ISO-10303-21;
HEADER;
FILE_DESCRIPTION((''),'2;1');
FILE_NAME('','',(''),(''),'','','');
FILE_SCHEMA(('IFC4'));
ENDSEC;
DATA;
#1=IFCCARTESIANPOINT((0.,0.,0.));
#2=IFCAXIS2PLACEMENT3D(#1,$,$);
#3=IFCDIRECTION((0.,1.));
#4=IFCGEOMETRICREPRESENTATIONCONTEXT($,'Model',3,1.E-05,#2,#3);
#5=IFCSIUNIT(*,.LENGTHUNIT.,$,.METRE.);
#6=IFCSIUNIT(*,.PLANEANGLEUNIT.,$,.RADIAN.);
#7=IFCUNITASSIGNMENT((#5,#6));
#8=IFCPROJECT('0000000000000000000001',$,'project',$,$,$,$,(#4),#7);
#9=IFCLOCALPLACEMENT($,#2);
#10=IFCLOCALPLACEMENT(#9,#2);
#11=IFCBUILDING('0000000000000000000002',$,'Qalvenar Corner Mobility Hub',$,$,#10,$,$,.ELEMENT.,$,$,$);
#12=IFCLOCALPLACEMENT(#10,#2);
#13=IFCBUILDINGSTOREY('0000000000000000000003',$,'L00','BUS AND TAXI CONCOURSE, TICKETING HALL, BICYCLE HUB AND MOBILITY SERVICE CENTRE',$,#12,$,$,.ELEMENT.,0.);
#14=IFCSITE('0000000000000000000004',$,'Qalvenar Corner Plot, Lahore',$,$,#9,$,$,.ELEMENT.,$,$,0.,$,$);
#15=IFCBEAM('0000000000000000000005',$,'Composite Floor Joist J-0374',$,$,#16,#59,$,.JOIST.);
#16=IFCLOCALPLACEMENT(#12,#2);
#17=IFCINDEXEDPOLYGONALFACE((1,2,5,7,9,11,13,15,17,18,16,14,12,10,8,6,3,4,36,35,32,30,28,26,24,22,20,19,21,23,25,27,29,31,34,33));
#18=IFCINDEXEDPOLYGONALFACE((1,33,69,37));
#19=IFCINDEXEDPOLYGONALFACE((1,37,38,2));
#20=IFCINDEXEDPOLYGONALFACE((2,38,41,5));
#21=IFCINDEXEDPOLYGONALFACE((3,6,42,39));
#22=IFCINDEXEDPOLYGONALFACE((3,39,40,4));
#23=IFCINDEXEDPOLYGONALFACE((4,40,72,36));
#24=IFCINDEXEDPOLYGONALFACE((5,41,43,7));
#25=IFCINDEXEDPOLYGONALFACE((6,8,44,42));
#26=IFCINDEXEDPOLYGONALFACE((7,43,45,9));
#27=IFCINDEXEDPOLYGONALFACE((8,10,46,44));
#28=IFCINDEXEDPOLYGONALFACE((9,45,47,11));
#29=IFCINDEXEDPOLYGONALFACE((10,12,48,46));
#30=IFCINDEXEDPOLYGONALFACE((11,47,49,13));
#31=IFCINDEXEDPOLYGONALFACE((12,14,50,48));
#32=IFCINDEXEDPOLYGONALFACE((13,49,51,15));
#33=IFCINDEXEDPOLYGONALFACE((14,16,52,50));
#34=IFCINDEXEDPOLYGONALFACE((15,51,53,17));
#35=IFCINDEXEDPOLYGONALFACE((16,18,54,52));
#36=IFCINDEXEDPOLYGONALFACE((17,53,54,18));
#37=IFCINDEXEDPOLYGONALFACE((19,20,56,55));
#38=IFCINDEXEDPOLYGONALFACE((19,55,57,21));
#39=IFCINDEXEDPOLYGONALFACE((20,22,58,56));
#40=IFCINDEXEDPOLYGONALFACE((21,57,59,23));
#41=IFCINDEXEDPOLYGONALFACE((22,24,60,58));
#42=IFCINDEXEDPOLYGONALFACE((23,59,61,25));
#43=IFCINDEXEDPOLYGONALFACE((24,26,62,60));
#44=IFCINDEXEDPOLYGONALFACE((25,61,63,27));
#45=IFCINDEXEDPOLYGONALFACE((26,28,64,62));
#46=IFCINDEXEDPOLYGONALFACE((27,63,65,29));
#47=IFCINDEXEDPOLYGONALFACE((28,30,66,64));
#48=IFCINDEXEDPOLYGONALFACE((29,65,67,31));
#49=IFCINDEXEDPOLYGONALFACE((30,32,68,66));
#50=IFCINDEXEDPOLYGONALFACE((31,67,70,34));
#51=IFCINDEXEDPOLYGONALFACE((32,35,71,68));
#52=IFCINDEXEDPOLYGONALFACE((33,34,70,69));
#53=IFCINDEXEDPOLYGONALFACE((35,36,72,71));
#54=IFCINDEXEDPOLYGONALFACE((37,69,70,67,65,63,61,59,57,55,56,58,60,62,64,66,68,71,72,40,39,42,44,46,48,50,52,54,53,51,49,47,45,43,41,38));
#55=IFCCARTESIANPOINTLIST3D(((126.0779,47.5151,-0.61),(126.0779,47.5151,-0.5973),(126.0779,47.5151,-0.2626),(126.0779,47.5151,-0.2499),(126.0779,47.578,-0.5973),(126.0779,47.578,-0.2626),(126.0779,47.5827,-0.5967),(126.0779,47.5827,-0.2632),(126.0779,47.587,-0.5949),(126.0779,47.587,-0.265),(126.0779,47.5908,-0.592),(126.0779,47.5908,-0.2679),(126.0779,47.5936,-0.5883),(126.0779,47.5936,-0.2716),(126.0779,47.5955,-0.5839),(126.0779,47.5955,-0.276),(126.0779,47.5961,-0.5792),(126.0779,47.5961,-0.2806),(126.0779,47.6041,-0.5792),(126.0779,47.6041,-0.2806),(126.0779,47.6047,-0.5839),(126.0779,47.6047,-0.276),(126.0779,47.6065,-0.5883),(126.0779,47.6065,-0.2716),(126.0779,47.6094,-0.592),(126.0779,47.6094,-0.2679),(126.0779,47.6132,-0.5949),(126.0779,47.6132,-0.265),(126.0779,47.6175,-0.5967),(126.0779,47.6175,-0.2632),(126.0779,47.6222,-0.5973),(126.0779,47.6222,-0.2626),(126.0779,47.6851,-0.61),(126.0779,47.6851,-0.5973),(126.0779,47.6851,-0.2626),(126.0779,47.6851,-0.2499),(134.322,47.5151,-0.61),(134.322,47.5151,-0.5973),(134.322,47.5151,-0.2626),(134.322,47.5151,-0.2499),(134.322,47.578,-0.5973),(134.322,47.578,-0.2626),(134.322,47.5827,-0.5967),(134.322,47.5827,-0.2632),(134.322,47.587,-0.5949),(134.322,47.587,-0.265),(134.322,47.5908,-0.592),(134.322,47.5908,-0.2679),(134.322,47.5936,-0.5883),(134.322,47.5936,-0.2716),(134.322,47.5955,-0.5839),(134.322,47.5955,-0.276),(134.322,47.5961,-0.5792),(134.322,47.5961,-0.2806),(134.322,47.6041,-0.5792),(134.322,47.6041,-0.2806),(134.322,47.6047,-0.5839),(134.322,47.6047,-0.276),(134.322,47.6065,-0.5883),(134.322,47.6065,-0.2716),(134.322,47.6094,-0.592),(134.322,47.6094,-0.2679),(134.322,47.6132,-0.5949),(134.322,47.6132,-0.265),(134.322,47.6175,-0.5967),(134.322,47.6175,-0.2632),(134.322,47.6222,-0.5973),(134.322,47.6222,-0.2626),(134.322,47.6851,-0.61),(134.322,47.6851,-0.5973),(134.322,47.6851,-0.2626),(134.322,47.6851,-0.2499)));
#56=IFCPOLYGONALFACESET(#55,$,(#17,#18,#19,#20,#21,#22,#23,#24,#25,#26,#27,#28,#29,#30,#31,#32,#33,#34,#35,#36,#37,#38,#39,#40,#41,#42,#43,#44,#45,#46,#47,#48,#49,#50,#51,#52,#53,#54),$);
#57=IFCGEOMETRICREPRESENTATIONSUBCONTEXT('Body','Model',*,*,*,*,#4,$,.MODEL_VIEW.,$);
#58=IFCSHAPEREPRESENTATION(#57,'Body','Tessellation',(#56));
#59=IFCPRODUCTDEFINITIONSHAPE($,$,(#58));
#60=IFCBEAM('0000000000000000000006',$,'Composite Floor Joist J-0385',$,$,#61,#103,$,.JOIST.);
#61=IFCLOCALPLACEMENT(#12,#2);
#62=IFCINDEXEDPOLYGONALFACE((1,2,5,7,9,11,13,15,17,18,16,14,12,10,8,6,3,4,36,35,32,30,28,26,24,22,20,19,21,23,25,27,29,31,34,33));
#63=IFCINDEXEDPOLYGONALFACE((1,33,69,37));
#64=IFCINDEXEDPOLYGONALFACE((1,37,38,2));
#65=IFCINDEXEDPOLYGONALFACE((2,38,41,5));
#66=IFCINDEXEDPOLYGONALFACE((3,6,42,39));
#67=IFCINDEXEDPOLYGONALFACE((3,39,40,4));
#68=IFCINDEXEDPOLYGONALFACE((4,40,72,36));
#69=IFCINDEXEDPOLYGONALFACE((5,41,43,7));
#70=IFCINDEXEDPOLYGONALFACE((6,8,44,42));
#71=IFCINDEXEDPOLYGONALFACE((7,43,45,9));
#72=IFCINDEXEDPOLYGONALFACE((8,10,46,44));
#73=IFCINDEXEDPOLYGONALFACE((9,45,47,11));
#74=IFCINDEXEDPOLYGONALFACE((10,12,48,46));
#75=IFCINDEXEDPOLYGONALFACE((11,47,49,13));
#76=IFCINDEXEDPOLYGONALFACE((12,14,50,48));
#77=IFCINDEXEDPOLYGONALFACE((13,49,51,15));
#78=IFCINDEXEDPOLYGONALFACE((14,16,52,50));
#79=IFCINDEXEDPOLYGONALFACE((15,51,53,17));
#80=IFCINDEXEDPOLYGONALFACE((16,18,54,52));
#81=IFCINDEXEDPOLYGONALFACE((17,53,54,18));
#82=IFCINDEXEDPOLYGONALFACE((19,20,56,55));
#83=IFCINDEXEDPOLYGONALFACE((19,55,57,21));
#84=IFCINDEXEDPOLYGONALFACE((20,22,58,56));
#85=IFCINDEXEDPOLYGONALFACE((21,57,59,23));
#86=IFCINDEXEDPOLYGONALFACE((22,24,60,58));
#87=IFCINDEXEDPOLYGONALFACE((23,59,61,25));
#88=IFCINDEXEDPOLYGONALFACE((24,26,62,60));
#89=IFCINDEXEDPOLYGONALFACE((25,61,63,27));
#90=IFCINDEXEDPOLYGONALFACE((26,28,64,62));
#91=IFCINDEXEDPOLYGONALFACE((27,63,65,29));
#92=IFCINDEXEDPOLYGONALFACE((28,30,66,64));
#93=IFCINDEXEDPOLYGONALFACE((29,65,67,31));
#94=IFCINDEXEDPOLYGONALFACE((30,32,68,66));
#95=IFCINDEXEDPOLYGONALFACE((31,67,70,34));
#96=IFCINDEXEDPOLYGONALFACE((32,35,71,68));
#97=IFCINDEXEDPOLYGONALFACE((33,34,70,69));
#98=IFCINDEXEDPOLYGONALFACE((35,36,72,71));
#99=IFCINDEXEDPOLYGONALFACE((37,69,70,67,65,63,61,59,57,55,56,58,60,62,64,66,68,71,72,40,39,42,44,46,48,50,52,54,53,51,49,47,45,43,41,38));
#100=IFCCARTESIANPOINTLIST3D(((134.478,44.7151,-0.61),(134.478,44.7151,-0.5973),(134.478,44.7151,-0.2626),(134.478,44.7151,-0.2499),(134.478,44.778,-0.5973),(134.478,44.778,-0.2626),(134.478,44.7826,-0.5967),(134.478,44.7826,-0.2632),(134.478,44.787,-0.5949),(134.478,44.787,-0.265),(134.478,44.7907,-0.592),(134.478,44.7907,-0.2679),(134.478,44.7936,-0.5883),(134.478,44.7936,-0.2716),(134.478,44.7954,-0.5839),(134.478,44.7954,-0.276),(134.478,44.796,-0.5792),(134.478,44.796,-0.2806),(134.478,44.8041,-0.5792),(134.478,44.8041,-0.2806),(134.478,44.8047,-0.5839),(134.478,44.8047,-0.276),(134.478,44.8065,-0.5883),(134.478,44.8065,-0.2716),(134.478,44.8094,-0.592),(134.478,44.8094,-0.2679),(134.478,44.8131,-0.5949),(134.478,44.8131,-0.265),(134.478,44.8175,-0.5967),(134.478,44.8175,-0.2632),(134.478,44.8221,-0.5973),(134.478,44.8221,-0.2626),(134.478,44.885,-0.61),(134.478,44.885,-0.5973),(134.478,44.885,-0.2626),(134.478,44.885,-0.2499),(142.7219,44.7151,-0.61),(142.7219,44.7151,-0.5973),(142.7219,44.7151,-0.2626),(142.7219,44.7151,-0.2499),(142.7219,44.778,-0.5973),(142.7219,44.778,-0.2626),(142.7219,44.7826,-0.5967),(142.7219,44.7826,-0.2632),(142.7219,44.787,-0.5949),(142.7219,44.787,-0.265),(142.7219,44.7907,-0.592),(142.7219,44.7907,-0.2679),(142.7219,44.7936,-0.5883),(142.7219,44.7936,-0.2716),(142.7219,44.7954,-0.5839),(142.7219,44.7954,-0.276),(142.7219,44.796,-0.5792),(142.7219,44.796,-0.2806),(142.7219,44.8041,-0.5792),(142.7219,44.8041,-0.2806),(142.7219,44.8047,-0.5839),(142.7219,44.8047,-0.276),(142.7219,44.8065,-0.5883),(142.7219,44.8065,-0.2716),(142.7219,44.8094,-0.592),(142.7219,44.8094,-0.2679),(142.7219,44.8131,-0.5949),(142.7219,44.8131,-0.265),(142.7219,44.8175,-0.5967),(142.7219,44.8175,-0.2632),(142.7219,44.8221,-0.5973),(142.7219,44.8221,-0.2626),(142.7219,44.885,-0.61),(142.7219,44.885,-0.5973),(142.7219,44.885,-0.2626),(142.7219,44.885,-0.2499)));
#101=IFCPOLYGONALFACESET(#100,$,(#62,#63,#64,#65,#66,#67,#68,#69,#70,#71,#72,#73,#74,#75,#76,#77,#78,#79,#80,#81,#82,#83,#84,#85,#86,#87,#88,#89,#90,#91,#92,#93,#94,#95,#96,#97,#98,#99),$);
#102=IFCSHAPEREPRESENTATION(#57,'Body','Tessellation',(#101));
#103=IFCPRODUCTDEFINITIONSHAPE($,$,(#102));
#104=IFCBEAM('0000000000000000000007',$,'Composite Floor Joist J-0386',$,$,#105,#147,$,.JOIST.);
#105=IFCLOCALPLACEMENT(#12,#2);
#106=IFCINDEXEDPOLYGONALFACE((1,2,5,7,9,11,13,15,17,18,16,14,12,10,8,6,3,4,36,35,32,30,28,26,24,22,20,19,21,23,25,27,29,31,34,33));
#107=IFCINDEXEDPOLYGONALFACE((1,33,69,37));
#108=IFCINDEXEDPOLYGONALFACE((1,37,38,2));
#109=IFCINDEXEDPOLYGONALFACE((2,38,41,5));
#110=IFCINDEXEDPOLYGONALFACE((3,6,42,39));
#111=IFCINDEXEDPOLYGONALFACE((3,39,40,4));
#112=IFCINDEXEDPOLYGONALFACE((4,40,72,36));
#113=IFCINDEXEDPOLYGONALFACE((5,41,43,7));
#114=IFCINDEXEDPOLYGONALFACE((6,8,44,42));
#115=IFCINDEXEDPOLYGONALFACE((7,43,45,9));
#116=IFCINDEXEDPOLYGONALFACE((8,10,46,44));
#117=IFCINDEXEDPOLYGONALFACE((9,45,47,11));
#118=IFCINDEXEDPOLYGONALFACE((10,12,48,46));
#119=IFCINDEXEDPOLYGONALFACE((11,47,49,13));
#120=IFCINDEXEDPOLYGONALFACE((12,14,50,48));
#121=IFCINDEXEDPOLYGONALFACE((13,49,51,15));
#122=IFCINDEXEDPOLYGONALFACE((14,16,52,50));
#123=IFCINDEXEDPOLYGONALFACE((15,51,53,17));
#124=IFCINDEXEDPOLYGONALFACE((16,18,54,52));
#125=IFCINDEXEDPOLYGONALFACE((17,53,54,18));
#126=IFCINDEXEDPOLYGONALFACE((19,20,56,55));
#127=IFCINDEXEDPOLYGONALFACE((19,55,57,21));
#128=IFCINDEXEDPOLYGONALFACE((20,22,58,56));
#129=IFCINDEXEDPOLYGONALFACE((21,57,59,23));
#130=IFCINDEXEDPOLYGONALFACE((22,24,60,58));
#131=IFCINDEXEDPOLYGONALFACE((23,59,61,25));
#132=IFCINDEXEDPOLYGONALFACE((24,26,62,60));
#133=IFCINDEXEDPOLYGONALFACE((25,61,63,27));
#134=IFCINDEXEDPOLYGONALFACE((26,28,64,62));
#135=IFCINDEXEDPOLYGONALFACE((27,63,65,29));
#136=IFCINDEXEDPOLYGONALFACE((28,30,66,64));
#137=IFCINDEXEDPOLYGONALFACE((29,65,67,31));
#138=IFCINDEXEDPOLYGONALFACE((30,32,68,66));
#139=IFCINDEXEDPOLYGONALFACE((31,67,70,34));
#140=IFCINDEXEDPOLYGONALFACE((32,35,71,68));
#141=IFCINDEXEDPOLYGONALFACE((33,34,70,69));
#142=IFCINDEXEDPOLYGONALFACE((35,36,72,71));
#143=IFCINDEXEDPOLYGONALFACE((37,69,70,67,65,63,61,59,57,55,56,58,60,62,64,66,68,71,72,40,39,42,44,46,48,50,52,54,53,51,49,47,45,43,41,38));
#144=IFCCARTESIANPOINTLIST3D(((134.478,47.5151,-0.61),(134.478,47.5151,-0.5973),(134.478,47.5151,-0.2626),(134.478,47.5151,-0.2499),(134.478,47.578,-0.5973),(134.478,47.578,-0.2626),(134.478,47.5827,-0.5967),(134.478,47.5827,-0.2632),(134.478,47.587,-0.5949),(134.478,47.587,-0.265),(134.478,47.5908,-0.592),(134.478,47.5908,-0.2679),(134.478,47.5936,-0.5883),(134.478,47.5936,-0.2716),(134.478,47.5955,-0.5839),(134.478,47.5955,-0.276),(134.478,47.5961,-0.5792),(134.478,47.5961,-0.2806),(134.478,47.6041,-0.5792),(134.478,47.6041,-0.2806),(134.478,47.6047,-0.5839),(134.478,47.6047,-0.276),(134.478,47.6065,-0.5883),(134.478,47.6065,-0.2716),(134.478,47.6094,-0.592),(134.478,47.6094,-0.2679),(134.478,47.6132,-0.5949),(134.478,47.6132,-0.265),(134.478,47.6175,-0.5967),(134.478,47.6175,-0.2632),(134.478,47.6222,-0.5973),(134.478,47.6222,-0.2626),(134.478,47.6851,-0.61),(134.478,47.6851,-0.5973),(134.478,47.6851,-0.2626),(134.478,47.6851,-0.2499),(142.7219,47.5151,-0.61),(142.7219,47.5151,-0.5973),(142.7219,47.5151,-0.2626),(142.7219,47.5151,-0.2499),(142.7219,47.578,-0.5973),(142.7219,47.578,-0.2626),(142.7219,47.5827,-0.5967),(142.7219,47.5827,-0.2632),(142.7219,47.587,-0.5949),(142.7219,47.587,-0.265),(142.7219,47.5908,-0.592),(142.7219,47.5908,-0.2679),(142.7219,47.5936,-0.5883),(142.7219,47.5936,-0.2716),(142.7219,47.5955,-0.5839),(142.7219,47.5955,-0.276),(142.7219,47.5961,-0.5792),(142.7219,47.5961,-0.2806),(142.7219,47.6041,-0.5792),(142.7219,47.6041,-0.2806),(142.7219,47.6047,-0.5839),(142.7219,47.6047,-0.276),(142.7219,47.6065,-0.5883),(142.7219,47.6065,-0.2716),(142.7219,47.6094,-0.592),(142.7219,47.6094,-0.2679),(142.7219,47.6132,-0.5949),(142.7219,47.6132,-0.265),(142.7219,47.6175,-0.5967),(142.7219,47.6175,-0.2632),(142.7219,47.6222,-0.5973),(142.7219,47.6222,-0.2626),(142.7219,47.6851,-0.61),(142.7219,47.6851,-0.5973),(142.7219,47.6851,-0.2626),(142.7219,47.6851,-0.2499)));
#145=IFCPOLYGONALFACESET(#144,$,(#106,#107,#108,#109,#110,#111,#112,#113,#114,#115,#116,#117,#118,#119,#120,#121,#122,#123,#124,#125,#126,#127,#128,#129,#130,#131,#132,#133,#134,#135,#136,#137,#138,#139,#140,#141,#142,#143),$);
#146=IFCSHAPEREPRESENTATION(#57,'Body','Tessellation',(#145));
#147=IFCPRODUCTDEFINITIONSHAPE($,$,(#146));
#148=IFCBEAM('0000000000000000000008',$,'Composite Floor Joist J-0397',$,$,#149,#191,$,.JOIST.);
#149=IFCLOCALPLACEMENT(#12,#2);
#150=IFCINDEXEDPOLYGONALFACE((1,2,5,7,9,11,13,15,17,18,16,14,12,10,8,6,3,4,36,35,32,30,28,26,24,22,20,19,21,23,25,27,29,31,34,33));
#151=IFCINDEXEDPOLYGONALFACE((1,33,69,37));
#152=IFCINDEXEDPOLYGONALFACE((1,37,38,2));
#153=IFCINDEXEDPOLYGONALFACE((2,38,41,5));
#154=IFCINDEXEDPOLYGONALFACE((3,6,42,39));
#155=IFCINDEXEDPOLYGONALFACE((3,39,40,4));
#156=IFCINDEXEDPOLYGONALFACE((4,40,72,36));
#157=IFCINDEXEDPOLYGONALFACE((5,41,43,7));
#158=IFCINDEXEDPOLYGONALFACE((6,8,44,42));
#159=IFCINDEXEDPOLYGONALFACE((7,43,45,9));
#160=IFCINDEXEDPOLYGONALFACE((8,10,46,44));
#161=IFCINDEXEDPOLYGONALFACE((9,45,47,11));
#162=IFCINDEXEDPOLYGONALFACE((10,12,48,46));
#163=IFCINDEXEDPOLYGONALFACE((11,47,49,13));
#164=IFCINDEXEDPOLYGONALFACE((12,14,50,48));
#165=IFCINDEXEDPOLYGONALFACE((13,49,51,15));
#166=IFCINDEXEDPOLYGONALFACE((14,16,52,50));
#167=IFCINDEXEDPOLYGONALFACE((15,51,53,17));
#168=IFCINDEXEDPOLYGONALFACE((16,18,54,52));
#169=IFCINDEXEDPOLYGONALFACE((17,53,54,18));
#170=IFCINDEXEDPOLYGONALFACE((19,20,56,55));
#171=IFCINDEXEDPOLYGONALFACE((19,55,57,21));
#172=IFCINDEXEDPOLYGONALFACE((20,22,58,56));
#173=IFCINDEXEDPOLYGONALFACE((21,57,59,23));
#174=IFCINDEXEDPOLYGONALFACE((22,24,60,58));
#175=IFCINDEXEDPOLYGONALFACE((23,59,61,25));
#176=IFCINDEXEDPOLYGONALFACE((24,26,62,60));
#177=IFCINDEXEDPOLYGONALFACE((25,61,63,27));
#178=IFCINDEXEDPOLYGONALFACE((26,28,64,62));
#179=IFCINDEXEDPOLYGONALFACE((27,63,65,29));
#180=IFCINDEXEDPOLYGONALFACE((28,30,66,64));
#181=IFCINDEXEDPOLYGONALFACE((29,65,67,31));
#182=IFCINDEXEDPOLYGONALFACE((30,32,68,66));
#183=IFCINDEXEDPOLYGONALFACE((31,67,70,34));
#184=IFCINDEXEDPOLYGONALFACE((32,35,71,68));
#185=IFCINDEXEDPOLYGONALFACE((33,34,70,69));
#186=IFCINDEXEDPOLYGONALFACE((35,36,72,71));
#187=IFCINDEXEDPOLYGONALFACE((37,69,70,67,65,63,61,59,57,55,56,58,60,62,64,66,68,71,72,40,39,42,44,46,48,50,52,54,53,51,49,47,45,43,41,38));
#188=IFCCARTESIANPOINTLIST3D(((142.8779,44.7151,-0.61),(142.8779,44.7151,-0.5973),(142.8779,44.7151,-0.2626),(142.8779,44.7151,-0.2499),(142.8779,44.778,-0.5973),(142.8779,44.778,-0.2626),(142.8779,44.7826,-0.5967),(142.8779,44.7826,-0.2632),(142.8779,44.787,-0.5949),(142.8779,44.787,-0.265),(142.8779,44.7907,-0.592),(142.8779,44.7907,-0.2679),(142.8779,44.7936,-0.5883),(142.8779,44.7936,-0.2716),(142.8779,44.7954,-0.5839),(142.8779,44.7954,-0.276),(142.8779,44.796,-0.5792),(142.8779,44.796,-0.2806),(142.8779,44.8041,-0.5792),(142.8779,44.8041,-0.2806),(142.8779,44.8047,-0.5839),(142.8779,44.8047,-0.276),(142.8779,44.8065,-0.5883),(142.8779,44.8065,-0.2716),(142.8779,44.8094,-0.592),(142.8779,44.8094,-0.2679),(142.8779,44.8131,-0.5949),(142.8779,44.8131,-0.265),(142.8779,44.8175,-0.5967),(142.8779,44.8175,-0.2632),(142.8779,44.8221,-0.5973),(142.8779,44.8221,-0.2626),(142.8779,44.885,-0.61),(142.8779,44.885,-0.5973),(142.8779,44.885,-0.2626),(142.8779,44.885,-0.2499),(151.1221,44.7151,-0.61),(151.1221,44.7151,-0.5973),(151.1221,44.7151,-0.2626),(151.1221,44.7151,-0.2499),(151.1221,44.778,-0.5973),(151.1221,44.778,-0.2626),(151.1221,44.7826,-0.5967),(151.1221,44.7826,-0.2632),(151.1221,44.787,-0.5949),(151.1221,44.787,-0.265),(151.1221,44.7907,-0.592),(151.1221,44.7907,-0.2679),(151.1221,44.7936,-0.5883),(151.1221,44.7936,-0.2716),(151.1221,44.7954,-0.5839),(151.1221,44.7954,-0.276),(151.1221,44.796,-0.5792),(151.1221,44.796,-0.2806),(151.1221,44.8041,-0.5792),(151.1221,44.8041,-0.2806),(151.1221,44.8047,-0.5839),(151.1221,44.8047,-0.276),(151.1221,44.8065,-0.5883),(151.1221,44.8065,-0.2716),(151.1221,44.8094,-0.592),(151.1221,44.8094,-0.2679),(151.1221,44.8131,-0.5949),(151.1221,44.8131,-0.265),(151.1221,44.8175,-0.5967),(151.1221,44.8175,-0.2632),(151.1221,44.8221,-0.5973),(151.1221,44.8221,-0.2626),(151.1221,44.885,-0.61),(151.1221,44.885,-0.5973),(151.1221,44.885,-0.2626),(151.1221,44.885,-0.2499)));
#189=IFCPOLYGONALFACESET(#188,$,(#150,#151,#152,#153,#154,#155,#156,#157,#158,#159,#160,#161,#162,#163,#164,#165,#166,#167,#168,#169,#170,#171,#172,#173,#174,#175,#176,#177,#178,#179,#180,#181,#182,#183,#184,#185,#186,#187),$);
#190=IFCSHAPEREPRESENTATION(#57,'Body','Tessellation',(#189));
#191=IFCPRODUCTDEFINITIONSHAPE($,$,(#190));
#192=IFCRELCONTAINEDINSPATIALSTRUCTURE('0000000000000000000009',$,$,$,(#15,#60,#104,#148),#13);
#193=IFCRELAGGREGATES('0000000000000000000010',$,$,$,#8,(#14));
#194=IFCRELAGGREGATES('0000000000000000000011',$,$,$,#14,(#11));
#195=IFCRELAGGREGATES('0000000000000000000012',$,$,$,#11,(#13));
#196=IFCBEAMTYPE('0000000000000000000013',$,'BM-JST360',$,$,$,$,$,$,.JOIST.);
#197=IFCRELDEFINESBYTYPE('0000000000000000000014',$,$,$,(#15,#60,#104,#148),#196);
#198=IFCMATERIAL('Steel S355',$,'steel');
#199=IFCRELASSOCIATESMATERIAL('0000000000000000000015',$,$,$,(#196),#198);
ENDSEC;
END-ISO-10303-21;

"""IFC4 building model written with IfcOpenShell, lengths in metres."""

from ifc_helpers import new_model, si_unit, direction, frame, origin, origin_2d, place, context, subcontext, project, spatial, i_section, extrude, material, material_profile, profile_set, type_object, element, save


model = new_model("IFC4")

# Units and contexts
model_context = context("Model", 3, precision=1e-05, world=origin(), true_north=direction((0.0, 1.0)))
body_context = subcontext(model_context, "Body", "Model", "MODEL_VIEW")
ifc_project = project(units=[si_unit("LENGTHUNIT", "METRE"), si_unit("PLANEANGLEUNIT", "RADIAN")], contexts=[model_context])

# Site, building, storey
site_placement = place(None, origin())
site = spatial("IfcSite", under=ifc_project, at=site_placement, Name="Qalvenar Corner Plot, Lahore", CompositionType="ELEMENT", RefElevation=0.0)
building_placement = place(site_placement, origin())
building = spatial("IfcBuilding", under=site, at=building_placement, Name="Qalvenar Corner Mobility Hub", CompositionType="ELEMENT")
storey_placement = place(building_placement, origin())
storey = spatial("IfcBuildingStorey", under=building, at=storey_placement, Name="L00", Description="BUS AND TAXI CONCOURSE, TICKETING HALL, BICYCLE HUB AND MOBILITY SERVICE CENTRE", CompositionType="ELEMENT", Elevation=0.0)

# Shared definitions
ifc_material_1 = material(Name="Steel S355", Category="steel")

# Beams
ifc_material_profile_1 = material_profile(ifc_material_1, i_section(OverallWidth=0.1699, OverallDepth=0.3601, WebThickness=0.0081, FlangeThickness=0.0127, FilletRadius=0.0181, at=origin_2d()), Name="IPE360")
ifc_profile_set_1 = profile_set([ifc_material_profile_1], Name="Steel S355")
beam_type_1 = type_object("IfcBeamType", Name="BM-JST360", PredefinedType="JOIST", material=ifc_profile_set_1)
for number, where, z_axis, x_axis, name in (
    (1, (126.0779, 47.6001, -0.4299), (1.0, 0.0, 0.0), (0.0, 1.0, 0.0), "Composite Floor Joist J-0374"),
):
    element("IfcBeam", number, at=place(storey_placement, frame(where, z_axis=z_axis, x_axis=x_axis)), inside=storey, type_object=beam_type_1, Name=name, PredefinedType="JOIST", context=body_context, shape_type="SweptSolid", body=[
        extrude(i_section(OverallWidth=0.1699, OverallDepth=0.3601, WebThickness=0.0081, FlangeThickness=0.0127, FilletRadius=0.0181, at=origin_2d()), origin(), (0.0, 0.0, 1.0), 8.2441),
    ])
for number, where, z_axis, x_axis, name in (
    (2, (134.478, 44.8, -0.4299), (1.0, 0.0, 0.0), (0.0, 1.0, 0.0), "Composite Floor Joist J-0385"),
    (3, (134.478, 47.6001, -0.4299), (1.0, 0.0, 0.0), (0.0, 1.0, 0.0), "Composite Floor Joist J-0386"),
):
    element("IfcBeam", number, at=place(storey_placement, frame(where, z_axis=z_axis, x_axis=x_axis)), inside=storey, type_object=beam_type_1, Name=name, PredefinedType="JOIST", context=body_context, shape_type="SweptSolid", body=[
        extrude(i_section(OverallWidth=0.1699, OverallDepth=0.3601, WebThickness=0.0081, FlangeThickness=0.0127, FilletRadius=0.0181, at=origin_2d()), origin(), (0.0, 0.0, 1.0), 8.2439),
    ])
for number, where, z_axis, x_axis, name in (
    (4, (142.8779, 44.8, -0.4299), (1.0, 0.0, 0.0), (0.0, 1.0, 0.0), "Composite Floor Joist J-0397"),
):
    element("IfcBeam", number, at=place(storey_placement, frame(where, z_axis=z_axis, x_axis=x_axis)), inside=storey, type_object=beam_type_1, Name=name, PredefinedType="JOIST", context=body_context, shape_type="SweptSolid", body=[
        extrude(i_section(OverallWidth=0.1699, OverallDepth=0.3601, WebThickness=0.0081, FlangeThickness=0.0127, FilletRadius=0.0181, at=origin_2d()), origin(), (0.0, 0.0, 1.0), 8.2441),
    ])

save(model, "model.ifc")
